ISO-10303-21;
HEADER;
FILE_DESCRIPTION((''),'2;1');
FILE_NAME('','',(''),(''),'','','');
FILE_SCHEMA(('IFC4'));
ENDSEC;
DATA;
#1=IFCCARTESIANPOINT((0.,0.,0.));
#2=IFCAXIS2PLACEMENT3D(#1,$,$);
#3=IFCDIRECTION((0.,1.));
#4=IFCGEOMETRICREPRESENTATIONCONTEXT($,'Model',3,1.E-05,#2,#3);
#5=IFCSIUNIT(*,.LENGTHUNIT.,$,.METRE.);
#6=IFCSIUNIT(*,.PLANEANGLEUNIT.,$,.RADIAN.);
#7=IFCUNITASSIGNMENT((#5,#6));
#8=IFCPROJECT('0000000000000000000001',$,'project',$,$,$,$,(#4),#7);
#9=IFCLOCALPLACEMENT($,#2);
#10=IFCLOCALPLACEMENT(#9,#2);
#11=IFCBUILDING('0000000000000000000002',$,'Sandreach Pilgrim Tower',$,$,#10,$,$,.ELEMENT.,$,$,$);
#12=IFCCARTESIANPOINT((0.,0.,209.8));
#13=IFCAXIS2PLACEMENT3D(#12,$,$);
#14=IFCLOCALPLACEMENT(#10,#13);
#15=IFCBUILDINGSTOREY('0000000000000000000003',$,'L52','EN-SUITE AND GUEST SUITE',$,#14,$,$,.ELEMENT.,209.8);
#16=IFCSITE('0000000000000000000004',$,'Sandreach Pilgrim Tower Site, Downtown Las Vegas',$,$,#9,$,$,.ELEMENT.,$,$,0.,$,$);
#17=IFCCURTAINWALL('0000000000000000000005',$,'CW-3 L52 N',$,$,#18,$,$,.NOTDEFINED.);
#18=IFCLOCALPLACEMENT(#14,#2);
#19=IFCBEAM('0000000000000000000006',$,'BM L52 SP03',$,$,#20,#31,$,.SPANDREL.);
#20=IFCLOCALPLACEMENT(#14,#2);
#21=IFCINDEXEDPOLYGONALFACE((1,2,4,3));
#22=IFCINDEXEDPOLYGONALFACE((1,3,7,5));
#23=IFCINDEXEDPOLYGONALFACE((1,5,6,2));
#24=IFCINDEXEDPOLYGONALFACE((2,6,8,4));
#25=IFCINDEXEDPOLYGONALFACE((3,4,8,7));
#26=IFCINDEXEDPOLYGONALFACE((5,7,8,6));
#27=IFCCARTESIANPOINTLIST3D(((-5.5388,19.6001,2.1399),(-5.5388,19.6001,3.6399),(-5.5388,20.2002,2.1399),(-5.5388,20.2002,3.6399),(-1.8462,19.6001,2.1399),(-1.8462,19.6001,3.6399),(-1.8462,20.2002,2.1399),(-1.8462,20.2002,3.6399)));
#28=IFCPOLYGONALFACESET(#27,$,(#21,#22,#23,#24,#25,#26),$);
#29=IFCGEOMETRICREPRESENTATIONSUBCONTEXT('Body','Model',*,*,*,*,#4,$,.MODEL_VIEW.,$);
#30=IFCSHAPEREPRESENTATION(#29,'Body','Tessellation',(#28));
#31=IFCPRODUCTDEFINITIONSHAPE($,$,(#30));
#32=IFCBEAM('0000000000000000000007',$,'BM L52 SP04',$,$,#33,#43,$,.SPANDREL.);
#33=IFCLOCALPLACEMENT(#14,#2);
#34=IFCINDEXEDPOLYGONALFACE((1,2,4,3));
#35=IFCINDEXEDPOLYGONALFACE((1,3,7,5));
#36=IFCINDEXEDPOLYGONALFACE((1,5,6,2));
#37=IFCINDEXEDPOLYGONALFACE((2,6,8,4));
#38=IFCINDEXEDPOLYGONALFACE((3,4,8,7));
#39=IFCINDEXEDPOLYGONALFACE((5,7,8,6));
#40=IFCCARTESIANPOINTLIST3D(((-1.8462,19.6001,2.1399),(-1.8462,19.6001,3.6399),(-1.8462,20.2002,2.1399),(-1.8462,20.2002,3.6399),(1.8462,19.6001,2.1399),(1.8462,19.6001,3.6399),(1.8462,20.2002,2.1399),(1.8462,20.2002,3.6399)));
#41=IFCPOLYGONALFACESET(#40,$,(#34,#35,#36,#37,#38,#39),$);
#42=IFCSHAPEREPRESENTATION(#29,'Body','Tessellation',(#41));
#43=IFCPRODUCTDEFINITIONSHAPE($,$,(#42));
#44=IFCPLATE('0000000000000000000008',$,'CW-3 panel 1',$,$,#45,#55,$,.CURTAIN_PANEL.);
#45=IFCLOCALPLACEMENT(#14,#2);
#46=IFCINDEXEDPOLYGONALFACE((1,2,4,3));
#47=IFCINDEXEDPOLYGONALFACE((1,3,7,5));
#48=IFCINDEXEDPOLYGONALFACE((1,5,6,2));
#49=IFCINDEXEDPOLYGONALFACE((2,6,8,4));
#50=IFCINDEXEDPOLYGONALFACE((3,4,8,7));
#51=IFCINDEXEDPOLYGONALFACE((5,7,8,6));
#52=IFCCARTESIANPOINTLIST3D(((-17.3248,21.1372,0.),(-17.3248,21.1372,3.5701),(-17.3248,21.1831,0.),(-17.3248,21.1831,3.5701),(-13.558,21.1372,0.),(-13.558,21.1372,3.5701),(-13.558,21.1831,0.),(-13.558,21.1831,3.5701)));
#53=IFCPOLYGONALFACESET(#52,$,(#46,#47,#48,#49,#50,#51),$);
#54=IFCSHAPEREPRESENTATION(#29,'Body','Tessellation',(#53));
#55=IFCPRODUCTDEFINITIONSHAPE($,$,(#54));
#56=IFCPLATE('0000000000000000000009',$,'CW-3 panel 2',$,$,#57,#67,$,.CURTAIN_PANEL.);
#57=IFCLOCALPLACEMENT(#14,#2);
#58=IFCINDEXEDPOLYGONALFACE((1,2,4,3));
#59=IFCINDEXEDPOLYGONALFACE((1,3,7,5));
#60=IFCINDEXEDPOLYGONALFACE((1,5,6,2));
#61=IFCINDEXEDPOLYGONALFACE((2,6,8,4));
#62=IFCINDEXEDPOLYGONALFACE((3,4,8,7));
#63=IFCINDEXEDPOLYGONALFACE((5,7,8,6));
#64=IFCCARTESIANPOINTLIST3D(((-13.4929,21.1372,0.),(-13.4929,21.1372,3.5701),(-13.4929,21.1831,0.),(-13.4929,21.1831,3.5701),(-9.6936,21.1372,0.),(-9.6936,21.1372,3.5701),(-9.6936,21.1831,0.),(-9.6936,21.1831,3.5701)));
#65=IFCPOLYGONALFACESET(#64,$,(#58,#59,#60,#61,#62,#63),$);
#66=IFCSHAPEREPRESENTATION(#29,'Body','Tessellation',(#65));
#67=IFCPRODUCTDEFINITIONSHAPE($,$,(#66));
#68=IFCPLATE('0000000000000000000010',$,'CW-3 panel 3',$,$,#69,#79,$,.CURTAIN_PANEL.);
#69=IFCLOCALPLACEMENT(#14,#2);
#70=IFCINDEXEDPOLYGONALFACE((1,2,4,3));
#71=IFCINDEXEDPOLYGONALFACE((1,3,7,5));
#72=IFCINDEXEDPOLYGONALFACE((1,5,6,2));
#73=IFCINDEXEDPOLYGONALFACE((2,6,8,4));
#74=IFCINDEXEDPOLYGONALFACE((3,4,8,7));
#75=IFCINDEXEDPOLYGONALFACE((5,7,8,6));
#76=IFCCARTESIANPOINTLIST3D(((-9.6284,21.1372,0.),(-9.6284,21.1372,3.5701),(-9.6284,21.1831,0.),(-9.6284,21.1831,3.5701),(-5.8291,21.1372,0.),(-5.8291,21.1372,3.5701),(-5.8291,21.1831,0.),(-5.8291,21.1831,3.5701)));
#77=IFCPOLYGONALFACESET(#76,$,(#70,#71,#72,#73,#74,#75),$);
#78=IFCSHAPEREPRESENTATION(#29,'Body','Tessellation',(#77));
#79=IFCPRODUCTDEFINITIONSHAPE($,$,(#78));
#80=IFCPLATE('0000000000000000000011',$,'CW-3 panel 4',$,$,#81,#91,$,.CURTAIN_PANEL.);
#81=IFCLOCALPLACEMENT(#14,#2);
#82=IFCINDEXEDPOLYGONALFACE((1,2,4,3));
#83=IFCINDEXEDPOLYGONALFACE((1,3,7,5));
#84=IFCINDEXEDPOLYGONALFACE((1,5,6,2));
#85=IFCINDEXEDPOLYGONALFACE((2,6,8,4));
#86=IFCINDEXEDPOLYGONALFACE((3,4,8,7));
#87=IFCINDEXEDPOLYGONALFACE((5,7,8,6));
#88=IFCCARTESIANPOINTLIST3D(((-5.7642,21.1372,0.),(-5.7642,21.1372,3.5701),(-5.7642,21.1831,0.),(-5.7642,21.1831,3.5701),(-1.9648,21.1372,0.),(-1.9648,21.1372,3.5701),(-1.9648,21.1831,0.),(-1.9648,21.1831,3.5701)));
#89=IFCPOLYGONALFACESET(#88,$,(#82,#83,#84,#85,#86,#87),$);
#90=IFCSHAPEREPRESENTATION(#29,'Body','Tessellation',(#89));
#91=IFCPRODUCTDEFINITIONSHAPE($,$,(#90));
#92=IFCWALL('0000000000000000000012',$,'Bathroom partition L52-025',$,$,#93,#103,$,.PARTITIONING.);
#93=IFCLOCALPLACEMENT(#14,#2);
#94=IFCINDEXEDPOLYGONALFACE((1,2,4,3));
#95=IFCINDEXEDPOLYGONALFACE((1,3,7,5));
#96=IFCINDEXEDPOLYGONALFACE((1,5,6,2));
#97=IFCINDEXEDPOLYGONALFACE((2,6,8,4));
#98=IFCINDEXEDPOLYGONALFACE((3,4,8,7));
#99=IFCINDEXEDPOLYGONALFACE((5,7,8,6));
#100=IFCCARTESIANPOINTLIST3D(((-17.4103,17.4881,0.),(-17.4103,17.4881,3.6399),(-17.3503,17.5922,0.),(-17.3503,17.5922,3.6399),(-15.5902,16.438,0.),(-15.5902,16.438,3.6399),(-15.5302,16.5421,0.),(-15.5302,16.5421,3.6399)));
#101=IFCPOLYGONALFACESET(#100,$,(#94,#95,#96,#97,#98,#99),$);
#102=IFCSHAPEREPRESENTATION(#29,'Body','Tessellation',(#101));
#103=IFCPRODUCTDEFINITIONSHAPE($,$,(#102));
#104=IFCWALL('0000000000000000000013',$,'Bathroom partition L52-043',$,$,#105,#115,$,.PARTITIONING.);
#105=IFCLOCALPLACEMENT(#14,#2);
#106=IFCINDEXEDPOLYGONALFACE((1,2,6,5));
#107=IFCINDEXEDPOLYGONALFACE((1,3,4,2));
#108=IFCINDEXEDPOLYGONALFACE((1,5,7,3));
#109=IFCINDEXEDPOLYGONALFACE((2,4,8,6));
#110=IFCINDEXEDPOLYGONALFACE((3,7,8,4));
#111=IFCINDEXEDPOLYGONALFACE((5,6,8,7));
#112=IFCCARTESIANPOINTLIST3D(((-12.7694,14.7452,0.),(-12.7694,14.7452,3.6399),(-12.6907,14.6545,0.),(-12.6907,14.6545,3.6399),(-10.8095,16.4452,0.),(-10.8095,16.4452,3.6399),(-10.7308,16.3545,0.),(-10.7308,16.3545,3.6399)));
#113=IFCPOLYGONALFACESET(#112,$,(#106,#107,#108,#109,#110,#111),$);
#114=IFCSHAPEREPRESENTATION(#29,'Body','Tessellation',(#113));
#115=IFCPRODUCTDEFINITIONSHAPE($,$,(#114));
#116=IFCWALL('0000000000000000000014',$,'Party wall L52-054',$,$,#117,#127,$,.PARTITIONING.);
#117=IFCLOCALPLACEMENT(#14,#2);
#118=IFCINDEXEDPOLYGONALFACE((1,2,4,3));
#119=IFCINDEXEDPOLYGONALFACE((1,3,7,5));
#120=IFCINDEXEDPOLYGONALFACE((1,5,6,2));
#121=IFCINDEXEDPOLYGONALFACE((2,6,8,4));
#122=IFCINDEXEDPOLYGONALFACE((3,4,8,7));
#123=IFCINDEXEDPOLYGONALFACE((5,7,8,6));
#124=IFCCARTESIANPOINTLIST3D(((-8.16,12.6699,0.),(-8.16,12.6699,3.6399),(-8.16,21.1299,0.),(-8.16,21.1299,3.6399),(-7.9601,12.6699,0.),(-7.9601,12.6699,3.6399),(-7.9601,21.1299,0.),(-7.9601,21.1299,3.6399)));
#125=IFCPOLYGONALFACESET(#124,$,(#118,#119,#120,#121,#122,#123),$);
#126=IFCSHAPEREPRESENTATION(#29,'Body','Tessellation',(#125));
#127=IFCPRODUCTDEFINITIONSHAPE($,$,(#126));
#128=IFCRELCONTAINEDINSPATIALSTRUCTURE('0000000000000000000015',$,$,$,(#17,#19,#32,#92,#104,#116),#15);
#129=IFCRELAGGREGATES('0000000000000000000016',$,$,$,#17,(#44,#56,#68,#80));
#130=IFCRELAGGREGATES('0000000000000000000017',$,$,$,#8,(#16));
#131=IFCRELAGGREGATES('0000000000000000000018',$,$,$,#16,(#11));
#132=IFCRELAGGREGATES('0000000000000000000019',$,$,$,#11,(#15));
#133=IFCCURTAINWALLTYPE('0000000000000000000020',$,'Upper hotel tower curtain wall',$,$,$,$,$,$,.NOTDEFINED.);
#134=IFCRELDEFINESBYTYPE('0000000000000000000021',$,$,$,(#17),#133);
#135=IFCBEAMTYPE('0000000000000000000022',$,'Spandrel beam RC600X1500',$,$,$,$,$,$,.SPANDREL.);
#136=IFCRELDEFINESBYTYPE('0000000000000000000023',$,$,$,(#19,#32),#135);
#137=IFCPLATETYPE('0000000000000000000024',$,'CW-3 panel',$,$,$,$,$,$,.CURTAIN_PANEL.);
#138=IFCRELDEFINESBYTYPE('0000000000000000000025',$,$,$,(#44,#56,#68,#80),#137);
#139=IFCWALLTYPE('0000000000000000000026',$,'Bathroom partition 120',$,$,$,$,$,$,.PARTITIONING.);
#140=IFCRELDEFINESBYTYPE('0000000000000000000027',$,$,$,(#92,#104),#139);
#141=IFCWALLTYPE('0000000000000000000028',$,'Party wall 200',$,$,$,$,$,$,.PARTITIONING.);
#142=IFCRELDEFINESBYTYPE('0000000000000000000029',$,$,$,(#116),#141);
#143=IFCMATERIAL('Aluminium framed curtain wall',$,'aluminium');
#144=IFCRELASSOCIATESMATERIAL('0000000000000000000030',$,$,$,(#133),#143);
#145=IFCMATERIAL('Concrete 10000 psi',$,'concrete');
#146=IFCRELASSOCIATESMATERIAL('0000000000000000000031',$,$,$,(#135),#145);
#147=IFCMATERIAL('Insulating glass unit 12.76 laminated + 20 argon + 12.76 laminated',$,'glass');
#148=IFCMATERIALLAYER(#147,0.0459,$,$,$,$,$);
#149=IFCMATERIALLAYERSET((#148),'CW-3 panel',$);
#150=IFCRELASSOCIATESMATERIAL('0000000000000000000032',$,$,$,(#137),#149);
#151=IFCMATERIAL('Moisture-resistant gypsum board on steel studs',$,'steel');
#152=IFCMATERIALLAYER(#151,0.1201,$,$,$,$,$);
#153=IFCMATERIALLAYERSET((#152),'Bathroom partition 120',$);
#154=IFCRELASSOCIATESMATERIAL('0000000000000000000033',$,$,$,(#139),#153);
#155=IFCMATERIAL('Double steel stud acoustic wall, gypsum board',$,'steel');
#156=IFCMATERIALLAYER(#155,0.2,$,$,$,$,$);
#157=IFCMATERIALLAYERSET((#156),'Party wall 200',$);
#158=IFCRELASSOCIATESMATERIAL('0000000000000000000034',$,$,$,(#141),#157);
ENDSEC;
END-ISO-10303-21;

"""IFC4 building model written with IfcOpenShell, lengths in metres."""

from ifc_helpers import new_model, si_unit, direction, frame, frame_2d, origin, origin_2d, place, context, subcontext, project, spatial, rectangle, extrude, material, layer, layer_set, material_profile, profile_set, type_object, element, aggregate, save


model = new_model("IFC4")

# Units and contexts
model_context = context("Model", 3, precision=1e-05, world=origin(), true_north=direction((0.0, 1.0)))
body_context = subcontext(model_context, "Body", "Model", "MODEL_VIEW")
ifc_project = project(units=[si_unit("LENGTHUNIT", "METRE"), si_unit("PLANEANGLEUNIT", "RADIAN")], contexts=[model_context])

# Site, building, storey
site_placement = place(None, origin())
site = spatial("IfcSite", under=ifc_project, at=site_placement, Name="Sandreach Pilgrim Tower Site, Downtown Las Vegas", CompositionType="ELEMENT", RefElevation=0.0)
building_placement = place(site_placement, origin())
building = spatial("IfcBuilding", under=site, at=building_placement, Name="Sandreach Pilgrim Tower", CompositionType="ELEMENT")
storey_placement = place(building_placement, frame((0.0, 0.0, 209.8)))
storey = spatial("IfcBuildingStorey", under=building, at=storey_placement, Name="L52", Description="EN-SUITE AND GUEST SUITE", CompositionType="ELEMENT", Elevation=209.8)

# Curtain wall
ifc_material_1 = material(Name="Aluminium framed curtain wall", Category="aluminium")
curtain_wall_type = type_object("IfcCurtainWallType", Name="Upper hotel tower curtain wall", PredefinedType="NOTDEFINED", material=ifc_material_1)
curtain_wall_placement = place(storey_placement, origin())
curtain_wall = element("IfcCurtainWall", 1, at=curtain_wall_placement, inside=storey, type_object=curtain_wall_type, Name="CW-3 L52 N", PredefinedType="NOTDEFINED")

# Beams
ifc_material_2 = material(Name="Concrete 10000 psi", Category="concrete")
ifc_material_profile_1 = material_profile(ifc_material_2, rectangle(XDim=0.6001, YDim=1.5, at=origin_2d()), Name="RC600X1500")
ifc_profile_set_1 = profile_set([ifc_material_profile_1], Name="Concrete 10000 psi")
beam_type_1 = type_object("IfcBeamType", Name="Spandrel beam RC600X1500", PredefinedType="SPANDREL", material=ifc_profile_set_1)
beam_1_placement = place(storey_placement, frame((-5.5388, 19.9001, 2.8899), z_axis=(1.0, 0.0, 0.0), x_axis=(0.0, 1.0, 0.0)))
element("IfcBeam", 2, at=beam_1_placement, inside=storey, type_object=beam_type_1, Name="BM L52 SP03", PredefinedType="SPANDREL", context=body_context, shape_type="SweptSolid", body=[
    extrude(rectangle(XDim=0.6001, YDim=1.5, at=origin_2d()), origin(), (0.0, 0.0, 1.0), 3.6926),
])
beam_2_placement = place(storey_placement, frame((-1.8462, 19.9001, 2.8899), z_axis=(1.0, 0.0, 0.0), x_axis=(0.0, 1.0, 0.0)))
element("IfcBeam", 3, at=beam_2_placement, inside=storey, type_object=beam_type_1, Name="BM L52 SP04", PredefinedType="SPANDREL", context=body_context, shape_type="SweptSolid", body=[
    extrude(rectangle(XDim=0.6001, YDim=1.5, at=origin_2d()), origin(), (0.0, 0.0, 1.0), 3.6924),
])

# Plates
ifc_material_3 = material(Name="Insulating glass unit 12.76 laminated + 20 argon + 12.76 laminated", Category="glass")
ifc_layer_1 = layer(ifc_material_3, 0.0459)
ifc_layer_set_1 = layer_set([ifc_layer_1], Name="CW-3 panel")
plate_type = type_object("IfcPlateType", Name="CW-3 panel", PredefinedType="CURTAIN_PANEL", material=ifc_layer_set_1)
plate_1_placement = place(storey_placement, frame((-15.4414, 21.1602, 0.0), z_axis=(0.0, 0.0, 1.0), x_axis=(1.0, 0.0, 0.0)))
plate_1 = element("IfcPlate", 4, at=plate_1_placement, type_object=plate_type, Name="CW-3 panel 1", PredefinedType="CURTAIN_PANEL", context=body_context, shape_type="SweptSolid", body=[
    extrude(rectangle(XDim=3.7668, YDim=0.0459, at=origin_2d()), origin(), (0.0, 0.0, 1.0), 3.5701),
])
plate_2_placement = place(storey_placement, frame((-11.5933, 21.1602, 0.0), z_axis=(0.0, 0.0, 1.0), x_axis=(1.0, 0.0, 0.0)))
plate_2 = element("IfcPlate", 5, at=plate_2_placement, type_object=plate_type, Name="CW-3 panel 2", PredefinedType="CURTAIN_PANEL", context=body_context, shape_type="SweptSolid", body=[
    extrude(rectangle(XDim=3.7993, YDim=0.0459, at=origin_2d()), origin(), (0.0, 0.0, 1.0), 3.5701),
])
plate_3_placement = place(storey_placement, frame((-7.7288, 21.1602, 0.0), z_axis=(0.0, 0.0, 1.0), x_axis=(1.0, 0.0, 0.0)))
plate_3 = element("IfcPlate", 6, at=plate_3_placement, type_object=plate_type, Name="CW-3 panel 3", PredefinedType="CURTAIN_PANEL", context=body_context, shape_type="SweptSolid", body=[
    extrude(rectangle(XDim=3.7993, YDim=0.0459, at=origin_2d()), origin(), (0.0, 0.0, 1.0), 3.5701),
])
plate_4_placement = place(storey_placement, frame((-3.8645, 21.1602, 0.0), z_axis=(0.0, 0.0, 1.0), x_axis=(1.0, 0.0, 0.0)))
plate_4 = element("IfcPlate", 7, at=plate_4_placement, type_object=plate_type, Name="CW-3 panel 4", PredefinedType="CURTAIN_PANEL", context=body_context, shape_type="SweptSolid", body=[
    extrude(rectangle(XDim=3.7993, YDim=0.0459, at=origin_2d()), origin(), (0.0, 0.0, 1.0), 3.5701),
])
aggregate(curtain_wall, [plate_1, plate_2, plate_3, plate_4])

# Walls
ifc_material_4 = material(Name="Moisture-resistant gypsum board on steel studs", Category="steel")
ifc_layer_2 = layer(ifc_material_4, 0.1201)
ifc_layer_set_2 = layer_set([ifc_layer_2], Name="Bathroom partition 120")
wall_type_1 = type_object("IfcWallType", Name="Bathroom partition 120", PredefinedType="PARTITIONING", material=ifc_layer_set_2)
wall_1_placement = place(storey_placement, frame((-15.5601, 16.49, 0.0), z_axis=(0.0, 0.0, 1.0), x_axis=(-0.866184, 0.499726, 0.0)))
element("IfcWall", 8, at=wall_1_placement, inside=storey, type_object=wall_type_1, Name="Bathroom partition L52-025", PredefinedType="PARTITIONING", context=body_context, shape_type="SweptSolid", body=[
    extrude(rectangle(XDim=2.1013, YDim=0.1201, at=frame_2d((1.0508, 0.0))), origin(), (0.0, 0.0, 1.0), 3.6399),
])
wall_2_placement = place(storey_placement, frame((-10.77, 16.3999, 0.0), z_axis=(0.0, 0.0, 1.0), x_axis=(-0.755438, -0.655221, 0.0)))
element("IfcWall", 9, at=wall_2_placement, inside=storey, type_object=wall_type_1, Name="Bathroom partition L52-043", PredefinedType="PARTITIONING", context=body_context, shape_type="SweptSolid", body=[
    extrude(rectangle(XDim=2.5945, YDim=0.1201, at=frame_2d((1.2974, 0.0))), origin(), (0.0, 0.0, 1.0), 3.6399),
])
ifc_material_5 = material(Name="Double steel stud acoustic wall, gypsum board", Category="steel")
ifc_layer_3 = layer(ifc_material_5, 0.2)
ifc_layer_set_3 = layer_set([ifc_layer_3], Name="Party wall 200")
wall_type_2 = type_object("IfcWallType", Name="Party wall 200", PredefinedType="PARTITIONING", material=ifc_layer_set_3)
wall_3_placement = place(storey_placement, frame((-8.0601, 21.1299, 0.0), z_axis=(0.0, 0.0, 1.0), x_axis=(0.0, -1.0, 0.0)))
element("IfcWall", 10, at=wall_3_placement, inside=storey, type_object=wall_type_2, Name="Party wall L52-054", PredefinedType="PARTITIONING", context=body_context, shape_type="SweptSolid", body=[
    extrude(rectangle(XDim=8.46, YDim=0.2, at=frame_2d((4.23, 0.0))), origin(), (0.0, 0.0, 1.0), 3.6399),
])

save(model, "model.ifc")
